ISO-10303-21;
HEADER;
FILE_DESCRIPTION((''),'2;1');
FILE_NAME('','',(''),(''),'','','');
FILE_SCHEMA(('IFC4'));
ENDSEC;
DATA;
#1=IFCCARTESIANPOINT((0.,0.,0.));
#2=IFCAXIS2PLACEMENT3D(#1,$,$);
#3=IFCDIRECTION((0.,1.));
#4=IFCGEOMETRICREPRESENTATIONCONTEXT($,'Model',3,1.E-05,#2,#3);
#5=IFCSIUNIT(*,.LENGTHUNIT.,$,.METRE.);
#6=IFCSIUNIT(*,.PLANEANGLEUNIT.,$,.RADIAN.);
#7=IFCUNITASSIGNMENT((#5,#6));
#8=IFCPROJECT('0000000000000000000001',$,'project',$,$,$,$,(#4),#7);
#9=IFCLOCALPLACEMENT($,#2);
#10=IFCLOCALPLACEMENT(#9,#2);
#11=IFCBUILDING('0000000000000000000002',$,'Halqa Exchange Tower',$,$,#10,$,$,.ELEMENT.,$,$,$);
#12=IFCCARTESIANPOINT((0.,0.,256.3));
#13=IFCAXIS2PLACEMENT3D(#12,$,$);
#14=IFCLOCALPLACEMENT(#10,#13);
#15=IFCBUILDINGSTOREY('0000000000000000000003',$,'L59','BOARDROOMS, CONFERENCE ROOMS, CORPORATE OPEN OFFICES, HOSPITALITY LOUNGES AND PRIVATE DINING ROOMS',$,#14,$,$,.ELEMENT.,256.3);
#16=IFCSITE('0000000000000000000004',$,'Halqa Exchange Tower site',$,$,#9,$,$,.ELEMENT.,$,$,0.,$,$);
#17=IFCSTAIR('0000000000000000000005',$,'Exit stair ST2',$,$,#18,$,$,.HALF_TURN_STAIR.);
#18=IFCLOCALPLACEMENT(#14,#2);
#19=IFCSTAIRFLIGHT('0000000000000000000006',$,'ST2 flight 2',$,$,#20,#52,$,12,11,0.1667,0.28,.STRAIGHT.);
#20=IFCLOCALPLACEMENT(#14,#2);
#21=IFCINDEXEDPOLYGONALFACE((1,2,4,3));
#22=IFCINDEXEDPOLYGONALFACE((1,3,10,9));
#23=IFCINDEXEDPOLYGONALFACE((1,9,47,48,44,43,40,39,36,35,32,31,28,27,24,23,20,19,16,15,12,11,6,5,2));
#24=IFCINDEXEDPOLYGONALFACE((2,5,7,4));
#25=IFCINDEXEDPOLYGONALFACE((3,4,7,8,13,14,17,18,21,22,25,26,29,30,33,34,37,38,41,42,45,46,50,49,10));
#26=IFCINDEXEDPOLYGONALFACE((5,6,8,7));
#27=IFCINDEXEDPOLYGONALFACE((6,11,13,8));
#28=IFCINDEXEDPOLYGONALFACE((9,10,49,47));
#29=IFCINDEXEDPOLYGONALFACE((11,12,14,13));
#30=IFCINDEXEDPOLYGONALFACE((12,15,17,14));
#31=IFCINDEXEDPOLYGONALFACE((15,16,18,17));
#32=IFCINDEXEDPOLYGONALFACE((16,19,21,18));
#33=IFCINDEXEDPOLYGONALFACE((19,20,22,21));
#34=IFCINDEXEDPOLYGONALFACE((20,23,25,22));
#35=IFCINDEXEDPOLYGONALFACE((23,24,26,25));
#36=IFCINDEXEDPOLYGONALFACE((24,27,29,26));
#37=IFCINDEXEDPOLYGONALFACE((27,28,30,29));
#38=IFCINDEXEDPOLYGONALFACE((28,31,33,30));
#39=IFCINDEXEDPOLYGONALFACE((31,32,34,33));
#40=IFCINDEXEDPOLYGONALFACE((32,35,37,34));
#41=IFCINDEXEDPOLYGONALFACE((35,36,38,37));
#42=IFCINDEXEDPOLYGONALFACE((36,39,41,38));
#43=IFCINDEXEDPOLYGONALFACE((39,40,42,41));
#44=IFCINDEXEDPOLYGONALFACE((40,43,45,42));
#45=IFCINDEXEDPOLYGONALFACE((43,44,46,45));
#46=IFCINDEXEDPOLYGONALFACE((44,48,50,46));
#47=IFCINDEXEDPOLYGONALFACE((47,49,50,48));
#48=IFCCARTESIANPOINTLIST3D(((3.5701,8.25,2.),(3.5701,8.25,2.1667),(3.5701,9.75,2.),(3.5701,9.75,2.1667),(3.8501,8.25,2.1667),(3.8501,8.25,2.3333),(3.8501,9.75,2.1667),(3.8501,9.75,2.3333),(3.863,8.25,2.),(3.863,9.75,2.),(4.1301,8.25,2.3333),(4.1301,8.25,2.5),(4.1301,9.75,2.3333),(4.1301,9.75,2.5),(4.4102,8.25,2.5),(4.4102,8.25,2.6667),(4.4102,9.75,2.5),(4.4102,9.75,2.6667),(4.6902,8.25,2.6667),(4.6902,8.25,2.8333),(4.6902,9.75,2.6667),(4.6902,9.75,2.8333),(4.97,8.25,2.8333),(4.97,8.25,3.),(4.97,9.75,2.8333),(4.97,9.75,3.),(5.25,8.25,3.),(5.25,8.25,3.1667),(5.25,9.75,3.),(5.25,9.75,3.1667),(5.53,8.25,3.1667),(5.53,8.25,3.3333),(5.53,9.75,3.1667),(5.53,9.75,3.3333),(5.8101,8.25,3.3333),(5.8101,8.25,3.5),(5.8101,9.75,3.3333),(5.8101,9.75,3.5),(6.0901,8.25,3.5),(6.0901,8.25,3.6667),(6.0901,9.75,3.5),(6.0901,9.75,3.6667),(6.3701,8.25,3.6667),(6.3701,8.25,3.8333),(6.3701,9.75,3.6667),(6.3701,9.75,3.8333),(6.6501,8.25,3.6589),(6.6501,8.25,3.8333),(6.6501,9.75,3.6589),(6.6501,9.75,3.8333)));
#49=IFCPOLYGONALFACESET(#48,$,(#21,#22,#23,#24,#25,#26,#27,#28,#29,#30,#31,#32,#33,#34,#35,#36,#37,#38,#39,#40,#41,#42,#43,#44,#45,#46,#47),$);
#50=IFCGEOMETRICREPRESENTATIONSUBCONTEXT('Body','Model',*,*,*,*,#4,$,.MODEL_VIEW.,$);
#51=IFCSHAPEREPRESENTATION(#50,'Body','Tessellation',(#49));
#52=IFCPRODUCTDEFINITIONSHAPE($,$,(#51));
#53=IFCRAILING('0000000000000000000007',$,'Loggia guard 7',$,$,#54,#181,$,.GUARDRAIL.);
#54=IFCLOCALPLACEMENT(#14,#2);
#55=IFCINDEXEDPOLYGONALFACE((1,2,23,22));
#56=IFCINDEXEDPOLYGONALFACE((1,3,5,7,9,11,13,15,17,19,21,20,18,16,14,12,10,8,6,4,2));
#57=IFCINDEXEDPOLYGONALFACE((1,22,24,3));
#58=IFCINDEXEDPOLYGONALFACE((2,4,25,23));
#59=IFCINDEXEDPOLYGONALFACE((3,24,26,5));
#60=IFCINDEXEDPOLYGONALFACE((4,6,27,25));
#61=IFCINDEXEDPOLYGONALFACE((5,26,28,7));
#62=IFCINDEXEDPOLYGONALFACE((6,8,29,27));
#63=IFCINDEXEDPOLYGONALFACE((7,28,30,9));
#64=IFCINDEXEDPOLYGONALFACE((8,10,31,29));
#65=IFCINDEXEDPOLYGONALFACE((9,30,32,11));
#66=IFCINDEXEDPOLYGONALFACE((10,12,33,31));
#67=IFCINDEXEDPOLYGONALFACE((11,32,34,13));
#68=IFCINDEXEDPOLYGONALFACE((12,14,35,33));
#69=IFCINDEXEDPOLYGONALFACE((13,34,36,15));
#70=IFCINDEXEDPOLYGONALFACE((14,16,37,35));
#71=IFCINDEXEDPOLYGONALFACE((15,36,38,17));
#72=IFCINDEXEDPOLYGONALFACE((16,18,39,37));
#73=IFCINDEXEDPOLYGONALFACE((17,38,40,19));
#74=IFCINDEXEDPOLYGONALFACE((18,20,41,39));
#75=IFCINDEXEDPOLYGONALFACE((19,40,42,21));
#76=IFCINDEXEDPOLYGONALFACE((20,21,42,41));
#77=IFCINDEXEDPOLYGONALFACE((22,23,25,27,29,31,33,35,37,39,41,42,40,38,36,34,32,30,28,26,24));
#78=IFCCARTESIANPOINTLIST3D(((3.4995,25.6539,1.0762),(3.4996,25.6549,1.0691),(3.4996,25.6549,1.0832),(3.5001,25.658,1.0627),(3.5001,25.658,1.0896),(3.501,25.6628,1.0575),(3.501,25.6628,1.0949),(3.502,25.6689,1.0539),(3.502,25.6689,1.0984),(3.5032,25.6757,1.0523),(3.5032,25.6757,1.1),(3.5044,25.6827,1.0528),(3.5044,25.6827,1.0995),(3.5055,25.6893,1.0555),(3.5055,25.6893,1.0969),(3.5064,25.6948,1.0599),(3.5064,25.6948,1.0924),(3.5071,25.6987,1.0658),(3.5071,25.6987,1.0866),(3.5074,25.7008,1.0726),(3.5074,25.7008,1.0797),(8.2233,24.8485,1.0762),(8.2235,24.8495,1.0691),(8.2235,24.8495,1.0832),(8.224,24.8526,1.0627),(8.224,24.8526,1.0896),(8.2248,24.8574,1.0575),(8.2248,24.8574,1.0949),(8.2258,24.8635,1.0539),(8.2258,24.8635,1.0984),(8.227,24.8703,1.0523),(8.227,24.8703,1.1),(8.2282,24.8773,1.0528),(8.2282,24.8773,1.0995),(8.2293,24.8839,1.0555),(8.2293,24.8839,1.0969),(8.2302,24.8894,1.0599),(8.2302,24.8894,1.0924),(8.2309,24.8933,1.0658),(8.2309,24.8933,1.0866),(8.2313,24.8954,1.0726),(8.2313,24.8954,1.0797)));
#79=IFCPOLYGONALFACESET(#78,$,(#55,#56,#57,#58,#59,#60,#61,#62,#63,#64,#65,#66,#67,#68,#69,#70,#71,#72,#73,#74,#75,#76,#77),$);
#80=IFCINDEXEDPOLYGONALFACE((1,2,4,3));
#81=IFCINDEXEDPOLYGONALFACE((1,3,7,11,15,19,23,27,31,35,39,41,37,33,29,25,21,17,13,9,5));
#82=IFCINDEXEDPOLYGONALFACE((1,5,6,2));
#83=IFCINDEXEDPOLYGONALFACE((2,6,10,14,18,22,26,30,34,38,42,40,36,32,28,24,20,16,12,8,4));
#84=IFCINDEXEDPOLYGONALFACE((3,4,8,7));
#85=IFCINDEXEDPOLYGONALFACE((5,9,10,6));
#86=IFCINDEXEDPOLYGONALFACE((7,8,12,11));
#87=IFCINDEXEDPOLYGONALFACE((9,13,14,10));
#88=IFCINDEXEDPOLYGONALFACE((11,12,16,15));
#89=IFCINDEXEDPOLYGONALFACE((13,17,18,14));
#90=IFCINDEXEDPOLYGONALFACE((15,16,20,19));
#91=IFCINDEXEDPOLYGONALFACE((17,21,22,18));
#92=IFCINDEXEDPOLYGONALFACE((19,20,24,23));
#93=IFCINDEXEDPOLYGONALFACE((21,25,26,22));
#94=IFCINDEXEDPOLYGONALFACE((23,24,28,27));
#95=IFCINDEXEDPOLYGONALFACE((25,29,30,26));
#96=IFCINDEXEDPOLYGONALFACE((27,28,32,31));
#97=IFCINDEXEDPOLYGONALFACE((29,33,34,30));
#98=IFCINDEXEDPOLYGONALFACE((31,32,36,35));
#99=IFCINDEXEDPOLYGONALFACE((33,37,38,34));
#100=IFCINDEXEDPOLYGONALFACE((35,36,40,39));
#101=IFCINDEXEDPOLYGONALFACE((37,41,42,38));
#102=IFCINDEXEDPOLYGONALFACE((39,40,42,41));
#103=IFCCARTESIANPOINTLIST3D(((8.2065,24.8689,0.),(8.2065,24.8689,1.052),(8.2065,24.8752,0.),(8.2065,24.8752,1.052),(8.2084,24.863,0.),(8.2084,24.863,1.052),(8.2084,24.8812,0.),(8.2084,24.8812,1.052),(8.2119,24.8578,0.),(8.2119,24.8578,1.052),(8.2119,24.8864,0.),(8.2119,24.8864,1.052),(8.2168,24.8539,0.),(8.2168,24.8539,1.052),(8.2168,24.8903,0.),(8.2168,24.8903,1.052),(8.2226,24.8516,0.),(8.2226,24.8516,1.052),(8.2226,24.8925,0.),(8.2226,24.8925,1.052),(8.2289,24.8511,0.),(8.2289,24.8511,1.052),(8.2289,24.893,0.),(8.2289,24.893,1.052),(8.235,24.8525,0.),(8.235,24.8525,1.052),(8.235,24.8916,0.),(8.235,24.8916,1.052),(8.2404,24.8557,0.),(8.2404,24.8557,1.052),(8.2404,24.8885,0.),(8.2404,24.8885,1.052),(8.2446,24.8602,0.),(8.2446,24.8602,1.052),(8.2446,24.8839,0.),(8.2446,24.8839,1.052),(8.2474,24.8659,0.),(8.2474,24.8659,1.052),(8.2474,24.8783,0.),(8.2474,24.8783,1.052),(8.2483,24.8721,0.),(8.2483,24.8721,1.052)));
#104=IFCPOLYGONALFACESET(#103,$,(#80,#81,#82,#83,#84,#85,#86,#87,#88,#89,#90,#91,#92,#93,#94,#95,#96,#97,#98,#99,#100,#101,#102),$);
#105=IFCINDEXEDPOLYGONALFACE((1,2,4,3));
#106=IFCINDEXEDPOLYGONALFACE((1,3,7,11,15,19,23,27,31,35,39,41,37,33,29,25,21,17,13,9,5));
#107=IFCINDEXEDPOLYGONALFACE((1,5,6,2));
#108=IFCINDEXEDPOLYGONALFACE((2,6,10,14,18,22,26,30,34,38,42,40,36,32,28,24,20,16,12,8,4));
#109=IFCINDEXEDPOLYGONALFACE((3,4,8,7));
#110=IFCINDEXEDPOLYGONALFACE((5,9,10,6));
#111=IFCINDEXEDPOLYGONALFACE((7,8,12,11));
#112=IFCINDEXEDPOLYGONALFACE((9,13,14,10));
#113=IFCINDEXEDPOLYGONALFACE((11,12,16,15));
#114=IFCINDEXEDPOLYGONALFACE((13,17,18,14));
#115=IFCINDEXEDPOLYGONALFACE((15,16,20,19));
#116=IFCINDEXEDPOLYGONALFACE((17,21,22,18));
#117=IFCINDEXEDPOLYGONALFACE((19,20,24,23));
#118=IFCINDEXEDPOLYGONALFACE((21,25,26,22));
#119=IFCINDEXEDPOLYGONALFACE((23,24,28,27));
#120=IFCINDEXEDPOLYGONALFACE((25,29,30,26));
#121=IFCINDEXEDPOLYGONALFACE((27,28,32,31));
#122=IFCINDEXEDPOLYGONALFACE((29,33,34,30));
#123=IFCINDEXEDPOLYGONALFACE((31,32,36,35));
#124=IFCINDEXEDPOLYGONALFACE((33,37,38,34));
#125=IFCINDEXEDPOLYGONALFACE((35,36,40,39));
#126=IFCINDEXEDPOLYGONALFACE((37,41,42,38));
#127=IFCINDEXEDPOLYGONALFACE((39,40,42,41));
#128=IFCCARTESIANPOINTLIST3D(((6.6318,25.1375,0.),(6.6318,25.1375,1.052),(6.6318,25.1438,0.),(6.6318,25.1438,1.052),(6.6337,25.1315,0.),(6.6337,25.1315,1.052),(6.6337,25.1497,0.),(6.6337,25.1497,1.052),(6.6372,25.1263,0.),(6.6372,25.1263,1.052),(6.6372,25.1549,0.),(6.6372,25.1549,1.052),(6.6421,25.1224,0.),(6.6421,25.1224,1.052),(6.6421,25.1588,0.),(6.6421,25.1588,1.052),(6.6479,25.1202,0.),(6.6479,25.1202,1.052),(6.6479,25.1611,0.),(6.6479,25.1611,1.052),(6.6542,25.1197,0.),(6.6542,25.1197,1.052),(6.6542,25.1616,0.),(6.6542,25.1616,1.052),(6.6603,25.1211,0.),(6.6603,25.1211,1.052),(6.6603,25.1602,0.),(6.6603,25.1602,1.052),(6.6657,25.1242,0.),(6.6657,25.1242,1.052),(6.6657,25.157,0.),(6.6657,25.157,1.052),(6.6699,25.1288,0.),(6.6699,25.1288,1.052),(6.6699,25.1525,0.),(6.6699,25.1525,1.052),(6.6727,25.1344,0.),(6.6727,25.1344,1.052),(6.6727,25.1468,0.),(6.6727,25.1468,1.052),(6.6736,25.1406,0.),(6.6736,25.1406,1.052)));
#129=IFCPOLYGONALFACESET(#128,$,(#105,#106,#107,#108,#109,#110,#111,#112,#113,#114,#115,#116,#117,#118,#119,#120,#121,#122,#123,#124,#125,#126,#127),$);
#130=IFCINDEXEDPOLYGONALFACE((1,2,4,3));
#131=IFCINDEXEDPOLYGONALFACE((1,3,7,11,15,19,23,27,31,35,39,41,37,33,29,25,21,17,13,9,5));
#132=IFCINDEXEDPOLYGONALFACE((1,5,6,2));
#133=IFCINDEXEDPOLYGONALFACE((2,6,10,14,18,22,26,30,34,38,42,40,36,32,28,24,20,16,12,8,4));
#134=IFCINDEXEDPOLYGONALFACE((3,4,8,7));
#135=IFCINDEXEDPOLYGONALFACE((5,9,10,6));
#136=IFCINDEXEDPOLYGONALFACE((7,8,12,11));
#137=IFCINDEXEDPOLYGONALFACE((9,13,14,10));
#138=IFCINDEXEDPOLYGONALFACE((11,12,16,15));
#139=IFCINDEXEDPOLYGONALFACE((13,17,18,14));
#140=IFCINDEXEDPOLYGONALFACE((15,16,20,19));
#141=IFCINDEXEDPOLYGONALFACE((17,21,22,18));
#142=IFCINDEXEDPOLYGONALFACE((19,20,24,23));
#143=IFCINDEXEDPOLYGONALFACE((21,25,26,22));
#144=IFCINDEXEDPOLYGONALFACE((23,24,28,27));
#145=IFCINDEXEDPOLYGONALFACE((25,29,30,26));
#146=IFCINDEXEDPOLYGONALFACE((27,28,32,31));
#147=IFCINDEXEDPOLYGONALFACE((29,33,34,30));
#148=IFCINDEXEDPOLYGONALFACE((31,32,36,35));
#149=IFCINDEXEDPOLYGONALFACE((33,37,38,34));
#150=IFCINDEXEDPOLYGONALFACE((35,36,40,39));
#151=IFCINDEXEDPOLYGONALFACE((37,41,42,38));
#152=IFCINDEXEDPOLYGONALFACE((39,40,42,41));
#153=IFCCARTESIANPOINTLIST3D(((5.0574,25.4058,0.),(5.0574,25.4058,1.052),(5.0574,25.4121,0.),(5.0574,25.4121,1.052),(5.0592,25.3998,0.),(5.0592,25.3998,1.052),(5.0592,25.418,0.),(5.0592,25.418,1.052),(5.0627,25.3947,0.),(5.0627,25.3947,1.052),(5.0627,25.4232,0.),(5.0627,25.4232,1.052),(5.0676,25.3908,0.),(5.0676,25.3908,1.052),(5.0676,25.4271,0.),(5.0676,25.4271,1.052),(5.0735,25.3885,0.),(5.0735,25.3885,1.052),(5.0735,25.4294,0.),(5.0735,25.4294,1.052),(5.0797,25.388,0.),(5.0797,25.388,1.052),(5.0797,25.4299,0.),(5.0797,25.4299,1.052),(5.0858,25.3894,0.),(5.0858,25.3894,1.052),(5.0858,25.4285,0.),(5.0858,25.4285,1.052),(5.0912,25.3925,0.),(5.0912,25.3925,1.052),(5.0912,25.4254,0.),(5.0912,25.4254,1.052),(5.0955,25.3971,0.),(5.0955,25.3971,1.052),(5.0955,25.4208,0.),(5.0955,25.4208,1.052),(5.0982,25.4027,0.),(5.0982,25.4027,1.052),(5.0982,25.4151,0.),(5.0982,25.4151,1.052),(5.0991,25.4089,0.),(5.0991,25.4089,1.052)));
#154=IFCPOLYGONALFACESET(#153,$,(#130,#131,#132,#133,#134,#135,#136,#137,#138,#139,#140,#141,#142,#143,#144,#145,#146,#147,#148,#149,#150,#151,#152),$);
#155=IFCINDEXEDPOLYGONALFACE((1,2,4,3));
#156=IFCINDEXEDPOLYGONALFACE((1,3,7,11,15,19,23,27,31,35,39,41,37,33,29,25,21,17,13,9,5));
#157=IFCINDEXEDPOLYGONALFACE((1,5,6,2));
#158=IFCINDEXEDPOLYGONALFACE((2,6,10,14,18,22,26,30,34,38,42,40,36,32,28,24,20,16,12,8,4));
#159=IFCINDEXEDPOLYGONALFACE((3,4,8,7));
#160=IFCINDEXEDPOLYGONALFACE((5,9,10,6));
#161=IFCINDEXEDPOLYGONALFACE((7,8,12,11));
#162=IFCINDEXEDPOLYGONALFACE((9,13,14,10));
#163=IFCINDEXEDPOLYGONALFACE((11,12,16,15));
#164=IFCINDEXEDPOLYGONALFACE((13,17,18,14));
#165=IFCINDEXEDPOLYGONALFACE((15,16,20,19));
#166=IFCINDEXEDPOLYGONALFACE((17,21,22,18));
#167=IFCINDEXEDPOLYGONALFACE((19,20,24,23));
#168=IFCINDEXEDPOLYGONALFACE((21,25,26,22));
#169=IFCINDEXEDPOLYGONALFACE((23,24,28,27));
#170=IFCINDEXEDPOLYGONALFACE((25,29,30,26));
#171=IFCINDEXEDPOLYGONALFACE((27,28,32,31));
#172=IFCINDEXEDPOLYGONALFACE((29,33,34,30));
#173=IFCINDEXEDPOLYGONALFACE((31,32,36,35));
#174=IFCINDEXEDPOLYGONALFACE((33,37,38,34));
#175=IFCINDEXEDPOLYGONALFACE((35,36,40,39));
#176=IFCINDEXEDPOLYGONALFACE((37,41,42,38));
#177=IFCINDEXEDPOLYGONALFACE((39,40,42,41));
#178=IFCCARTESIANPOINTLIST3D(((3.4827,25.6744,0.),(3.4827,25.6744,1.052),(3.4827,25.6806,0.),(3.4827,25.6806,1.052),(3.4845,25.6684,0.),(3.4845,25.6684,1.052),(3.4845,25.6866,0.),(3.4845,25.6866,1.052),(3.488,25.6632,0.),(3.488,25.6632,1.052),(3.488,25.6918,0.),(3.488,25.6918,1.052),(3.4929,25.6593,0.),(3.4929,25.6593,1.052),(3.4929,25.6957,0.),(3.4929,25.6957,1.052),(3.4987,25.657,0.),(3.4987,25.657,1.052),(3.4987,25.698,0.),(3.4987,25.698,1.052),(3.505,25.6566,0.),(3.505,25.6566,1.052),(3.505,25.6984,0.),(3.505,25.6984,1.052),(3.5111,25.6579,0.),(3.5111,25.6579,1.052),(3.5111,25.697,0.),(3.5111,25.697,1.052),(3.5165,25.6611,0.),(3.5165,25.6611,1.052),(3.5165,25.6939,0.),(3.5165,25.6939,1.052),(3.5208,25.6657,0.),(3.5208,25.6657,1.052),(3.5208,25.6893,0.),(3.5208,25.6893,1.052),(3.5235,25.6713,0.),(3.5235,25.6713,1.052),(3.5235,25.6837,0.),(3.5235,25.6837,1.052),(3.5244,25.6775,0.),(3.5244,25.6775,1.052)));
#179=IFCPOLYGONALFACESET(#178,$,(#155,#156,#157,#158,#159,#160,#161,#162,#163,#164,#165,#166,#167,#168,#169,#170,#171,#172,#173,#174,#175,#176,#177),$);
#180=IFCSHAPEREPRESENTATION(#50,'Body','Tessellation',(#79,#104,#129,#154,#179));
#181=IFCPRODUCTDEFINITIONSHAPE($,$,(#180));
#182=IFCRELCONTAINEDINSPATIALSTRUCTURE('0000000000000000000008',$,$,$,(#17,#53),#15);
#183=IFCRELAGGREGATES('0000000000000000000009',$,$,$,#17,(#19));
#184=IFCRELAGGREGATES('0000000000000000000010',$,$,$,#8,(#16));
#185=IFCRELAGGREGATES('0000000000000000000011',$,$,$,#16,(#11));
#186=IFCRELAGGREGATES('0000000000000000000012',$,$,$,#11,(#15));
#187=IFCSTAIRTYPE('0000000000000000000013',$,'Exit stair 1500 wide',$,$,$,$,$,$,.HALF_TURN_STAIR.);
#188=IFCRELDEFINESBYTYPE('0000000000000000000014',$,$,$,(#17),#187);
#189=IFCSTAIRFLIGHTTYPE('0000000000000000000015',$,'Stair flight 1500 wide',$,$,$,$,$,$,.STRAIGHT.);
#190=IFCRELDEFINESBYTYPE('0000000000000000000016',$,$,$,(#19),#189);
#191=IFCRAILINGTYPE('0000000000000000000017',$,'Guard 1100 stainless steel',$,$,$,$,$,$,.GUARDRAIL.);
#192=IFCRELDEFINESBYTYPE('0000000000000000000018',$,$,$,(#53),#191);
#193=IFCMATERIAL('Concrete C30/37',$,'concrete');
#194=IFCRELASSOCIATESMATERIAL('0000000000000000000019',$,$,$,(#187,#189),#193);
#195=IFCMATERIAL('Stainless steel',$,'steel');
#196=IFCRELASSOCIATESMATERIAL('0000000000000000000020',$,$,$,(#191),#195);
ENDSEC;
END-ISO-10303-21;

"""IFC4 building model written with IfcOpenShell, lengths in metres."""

from ifc_helpers import new_model, si_unit, direction, frame, origin, origin_2d, place, context, subcontext, project, spatial, polyline, circle, outline, extrude, material, type_object, element, aggregate, save


model = new_model("IFC4")

# Units and contexts
model_context = context("Model", 3, precision=1e-05, world=origin(), true_north=direction((0.0, 1.0)))
body_context = subcontext(model_context, "Body", "Model", "MODEL_VIEW")
ifc_project = project(units=[si_unit("LENGTHUNIT", "METRE"), si_unit("PLANEANGLEUNIT", "RADIAN")], contexts=[model_context])

# Site, building, storey
site_placement = place(None, origin())
site = spatial("IfcSite", under=ifc_project, at=site_placement, Name="Halqa Exchange Tower site", CompositionType="ELEMENT", RefElevation=0.0)
building_placement = place(site_placement, origin())
building = spatial("IfcBuilding", under=site, at=building_placement, Name="Halqa Exchange Tower", CompositionType="ELEMENT")
storey_placement = place(building_placement, frame((0.0, 0.0, 256.3)))
storey = spatial("IfcBuildingStorey", under=building, at=storey_placement, Name="L59", Description="BOARDROOMS, CONFERENCE ROOMS, CORPORATE OPEN OFFICES, HOSPITALITY LOUNGES AND PRIVATE DINING ROOMS", CompositionType="ELEMENT", Elevation=256.3)

# Stair
ifc_material_1 = material(Name="Concrete C30/37", Category="concrete")
stair_type = type_object("IfcStairType", Name="Exit stair 1500 wide", PredefinedType="HALF_TURN_STAIR", material=ifc_material_1)
stair_1_placement = place(storey_placement, origin())
stair_1 = element("IfcStair", 1, at=stair_1_placement, inside=storey, type_object=stair_type, Name="Exit stair ST2", PredefinedType="HALF_TURN_STAIR")

# Stair flight
stair_flight_type = type_object("IfcStairFlightType", Name="Stair flight 1500 wide", PredefinedType="STRAIGHT", material=ifc_material_1)
stair_flight_1_placement = place(storey_placement, frame((3.5701, 9.0, 2.0), z_axis=(0.0, 0.0, 1.0), x_axis=(1.0, 0.0, 0.0)))
stair_flight_1 = element("IfcStairFlight", 2, at=stair_flight_1_placement, type_object=stair_flight_type, Name="ST2 flight 2", NumberOfRisers=12, NumberOfTreads=11, PredefinedType="STRAIGHT", RiserHeight=0.1667, TreadLength=0.28, context=body_context, shape_type="SweptSolid", body=[
    extrude(outline(polyline([(0.0, 0.0), (0.0, 0.1667), (0.28, 0.1667), (0.28, 0.3333), (0.5601, 0.3333), (0.5601, 0.5), (0.8401, 0.5), (0.8401, 0.6667), (1.1201, 0.6667), (1.1201, 0.8333), (1.3999, 0.8333), (1.3999, 1.0), (1.6799, 1.0), (1.6799, 1.1667), (1.96, 1.1667), (1.96, 1.3333), (2.24, 1.3333), (2.24, 1.5), (2.52, 1.5), (2.52, 1.6667), (2.8, 1.6667), (2.8, 1.8333), (3.0801, 1.8333), (3.0801, 2.0), (3.0801, 1.6589), (0.293, 0.0), (0.0, 0.0)])), frame((0.0, 0.75, 0.0), z_axis=(0.0, -1.0, 0.0), x_axis=(1.0, 0.0, 0.0)), (0.0, 0.0, 1.0), 1.5),
])
aggregate(stair_1, [stair_flight_1])

# Railing
ifc_material_2 = material(Name="Stainless steel", Category="steel")
railing_type_1 = type_object("IfcRailingType", Name="Guard 1100 stainless steel", PredefinedType="GUARDRAIL", material=ifc_material_2)
railing_1_placement = place(storey_placement, frame((8.2273, 24.8721, 0.0)))
element("IfcRailing", 3, at=railing_1_placement, inside=storey, type_object=railing_type_1, Name="Loggia guard 7", PredefinedType="GUARDRAIL", context=body_context, shape_type="SweptSolid", body=[
    extrude(circle(Radius=0.0239, at=origin_2d()), frame((0.0, 0.0, 1.0762), z_axis=(-0.985774, 0.168074, 0.0), x_axis=(-0.168074, -0.985774, 0.0)), (0.0, 0.0, 1.0), 4.792),
    extrude(circle(Radius=0.021, at=origin_2d()), origin(), (0.0, 0.0, 1.0), 1.052),
    extrude(circle(Radius=0.021, at=origin_2d()), frame((-1.5747, 0.2686, 0.0)), (0.0, 0.0, 1.0), 1.052),
    extrude(circle(Radius=0.021, at=origin_2d()), frame((-3.1492, 0.5369, 0.0)), (0.0, 0.0, 1.0), 1.052),
    extrude(circle(Radius=0.021, at=origin_2d()), frame((-4.7239, 0.8054, 0.0)), (0.0, 0.0, 1.0), 1.052),
])

save(model, "model.ifc")
